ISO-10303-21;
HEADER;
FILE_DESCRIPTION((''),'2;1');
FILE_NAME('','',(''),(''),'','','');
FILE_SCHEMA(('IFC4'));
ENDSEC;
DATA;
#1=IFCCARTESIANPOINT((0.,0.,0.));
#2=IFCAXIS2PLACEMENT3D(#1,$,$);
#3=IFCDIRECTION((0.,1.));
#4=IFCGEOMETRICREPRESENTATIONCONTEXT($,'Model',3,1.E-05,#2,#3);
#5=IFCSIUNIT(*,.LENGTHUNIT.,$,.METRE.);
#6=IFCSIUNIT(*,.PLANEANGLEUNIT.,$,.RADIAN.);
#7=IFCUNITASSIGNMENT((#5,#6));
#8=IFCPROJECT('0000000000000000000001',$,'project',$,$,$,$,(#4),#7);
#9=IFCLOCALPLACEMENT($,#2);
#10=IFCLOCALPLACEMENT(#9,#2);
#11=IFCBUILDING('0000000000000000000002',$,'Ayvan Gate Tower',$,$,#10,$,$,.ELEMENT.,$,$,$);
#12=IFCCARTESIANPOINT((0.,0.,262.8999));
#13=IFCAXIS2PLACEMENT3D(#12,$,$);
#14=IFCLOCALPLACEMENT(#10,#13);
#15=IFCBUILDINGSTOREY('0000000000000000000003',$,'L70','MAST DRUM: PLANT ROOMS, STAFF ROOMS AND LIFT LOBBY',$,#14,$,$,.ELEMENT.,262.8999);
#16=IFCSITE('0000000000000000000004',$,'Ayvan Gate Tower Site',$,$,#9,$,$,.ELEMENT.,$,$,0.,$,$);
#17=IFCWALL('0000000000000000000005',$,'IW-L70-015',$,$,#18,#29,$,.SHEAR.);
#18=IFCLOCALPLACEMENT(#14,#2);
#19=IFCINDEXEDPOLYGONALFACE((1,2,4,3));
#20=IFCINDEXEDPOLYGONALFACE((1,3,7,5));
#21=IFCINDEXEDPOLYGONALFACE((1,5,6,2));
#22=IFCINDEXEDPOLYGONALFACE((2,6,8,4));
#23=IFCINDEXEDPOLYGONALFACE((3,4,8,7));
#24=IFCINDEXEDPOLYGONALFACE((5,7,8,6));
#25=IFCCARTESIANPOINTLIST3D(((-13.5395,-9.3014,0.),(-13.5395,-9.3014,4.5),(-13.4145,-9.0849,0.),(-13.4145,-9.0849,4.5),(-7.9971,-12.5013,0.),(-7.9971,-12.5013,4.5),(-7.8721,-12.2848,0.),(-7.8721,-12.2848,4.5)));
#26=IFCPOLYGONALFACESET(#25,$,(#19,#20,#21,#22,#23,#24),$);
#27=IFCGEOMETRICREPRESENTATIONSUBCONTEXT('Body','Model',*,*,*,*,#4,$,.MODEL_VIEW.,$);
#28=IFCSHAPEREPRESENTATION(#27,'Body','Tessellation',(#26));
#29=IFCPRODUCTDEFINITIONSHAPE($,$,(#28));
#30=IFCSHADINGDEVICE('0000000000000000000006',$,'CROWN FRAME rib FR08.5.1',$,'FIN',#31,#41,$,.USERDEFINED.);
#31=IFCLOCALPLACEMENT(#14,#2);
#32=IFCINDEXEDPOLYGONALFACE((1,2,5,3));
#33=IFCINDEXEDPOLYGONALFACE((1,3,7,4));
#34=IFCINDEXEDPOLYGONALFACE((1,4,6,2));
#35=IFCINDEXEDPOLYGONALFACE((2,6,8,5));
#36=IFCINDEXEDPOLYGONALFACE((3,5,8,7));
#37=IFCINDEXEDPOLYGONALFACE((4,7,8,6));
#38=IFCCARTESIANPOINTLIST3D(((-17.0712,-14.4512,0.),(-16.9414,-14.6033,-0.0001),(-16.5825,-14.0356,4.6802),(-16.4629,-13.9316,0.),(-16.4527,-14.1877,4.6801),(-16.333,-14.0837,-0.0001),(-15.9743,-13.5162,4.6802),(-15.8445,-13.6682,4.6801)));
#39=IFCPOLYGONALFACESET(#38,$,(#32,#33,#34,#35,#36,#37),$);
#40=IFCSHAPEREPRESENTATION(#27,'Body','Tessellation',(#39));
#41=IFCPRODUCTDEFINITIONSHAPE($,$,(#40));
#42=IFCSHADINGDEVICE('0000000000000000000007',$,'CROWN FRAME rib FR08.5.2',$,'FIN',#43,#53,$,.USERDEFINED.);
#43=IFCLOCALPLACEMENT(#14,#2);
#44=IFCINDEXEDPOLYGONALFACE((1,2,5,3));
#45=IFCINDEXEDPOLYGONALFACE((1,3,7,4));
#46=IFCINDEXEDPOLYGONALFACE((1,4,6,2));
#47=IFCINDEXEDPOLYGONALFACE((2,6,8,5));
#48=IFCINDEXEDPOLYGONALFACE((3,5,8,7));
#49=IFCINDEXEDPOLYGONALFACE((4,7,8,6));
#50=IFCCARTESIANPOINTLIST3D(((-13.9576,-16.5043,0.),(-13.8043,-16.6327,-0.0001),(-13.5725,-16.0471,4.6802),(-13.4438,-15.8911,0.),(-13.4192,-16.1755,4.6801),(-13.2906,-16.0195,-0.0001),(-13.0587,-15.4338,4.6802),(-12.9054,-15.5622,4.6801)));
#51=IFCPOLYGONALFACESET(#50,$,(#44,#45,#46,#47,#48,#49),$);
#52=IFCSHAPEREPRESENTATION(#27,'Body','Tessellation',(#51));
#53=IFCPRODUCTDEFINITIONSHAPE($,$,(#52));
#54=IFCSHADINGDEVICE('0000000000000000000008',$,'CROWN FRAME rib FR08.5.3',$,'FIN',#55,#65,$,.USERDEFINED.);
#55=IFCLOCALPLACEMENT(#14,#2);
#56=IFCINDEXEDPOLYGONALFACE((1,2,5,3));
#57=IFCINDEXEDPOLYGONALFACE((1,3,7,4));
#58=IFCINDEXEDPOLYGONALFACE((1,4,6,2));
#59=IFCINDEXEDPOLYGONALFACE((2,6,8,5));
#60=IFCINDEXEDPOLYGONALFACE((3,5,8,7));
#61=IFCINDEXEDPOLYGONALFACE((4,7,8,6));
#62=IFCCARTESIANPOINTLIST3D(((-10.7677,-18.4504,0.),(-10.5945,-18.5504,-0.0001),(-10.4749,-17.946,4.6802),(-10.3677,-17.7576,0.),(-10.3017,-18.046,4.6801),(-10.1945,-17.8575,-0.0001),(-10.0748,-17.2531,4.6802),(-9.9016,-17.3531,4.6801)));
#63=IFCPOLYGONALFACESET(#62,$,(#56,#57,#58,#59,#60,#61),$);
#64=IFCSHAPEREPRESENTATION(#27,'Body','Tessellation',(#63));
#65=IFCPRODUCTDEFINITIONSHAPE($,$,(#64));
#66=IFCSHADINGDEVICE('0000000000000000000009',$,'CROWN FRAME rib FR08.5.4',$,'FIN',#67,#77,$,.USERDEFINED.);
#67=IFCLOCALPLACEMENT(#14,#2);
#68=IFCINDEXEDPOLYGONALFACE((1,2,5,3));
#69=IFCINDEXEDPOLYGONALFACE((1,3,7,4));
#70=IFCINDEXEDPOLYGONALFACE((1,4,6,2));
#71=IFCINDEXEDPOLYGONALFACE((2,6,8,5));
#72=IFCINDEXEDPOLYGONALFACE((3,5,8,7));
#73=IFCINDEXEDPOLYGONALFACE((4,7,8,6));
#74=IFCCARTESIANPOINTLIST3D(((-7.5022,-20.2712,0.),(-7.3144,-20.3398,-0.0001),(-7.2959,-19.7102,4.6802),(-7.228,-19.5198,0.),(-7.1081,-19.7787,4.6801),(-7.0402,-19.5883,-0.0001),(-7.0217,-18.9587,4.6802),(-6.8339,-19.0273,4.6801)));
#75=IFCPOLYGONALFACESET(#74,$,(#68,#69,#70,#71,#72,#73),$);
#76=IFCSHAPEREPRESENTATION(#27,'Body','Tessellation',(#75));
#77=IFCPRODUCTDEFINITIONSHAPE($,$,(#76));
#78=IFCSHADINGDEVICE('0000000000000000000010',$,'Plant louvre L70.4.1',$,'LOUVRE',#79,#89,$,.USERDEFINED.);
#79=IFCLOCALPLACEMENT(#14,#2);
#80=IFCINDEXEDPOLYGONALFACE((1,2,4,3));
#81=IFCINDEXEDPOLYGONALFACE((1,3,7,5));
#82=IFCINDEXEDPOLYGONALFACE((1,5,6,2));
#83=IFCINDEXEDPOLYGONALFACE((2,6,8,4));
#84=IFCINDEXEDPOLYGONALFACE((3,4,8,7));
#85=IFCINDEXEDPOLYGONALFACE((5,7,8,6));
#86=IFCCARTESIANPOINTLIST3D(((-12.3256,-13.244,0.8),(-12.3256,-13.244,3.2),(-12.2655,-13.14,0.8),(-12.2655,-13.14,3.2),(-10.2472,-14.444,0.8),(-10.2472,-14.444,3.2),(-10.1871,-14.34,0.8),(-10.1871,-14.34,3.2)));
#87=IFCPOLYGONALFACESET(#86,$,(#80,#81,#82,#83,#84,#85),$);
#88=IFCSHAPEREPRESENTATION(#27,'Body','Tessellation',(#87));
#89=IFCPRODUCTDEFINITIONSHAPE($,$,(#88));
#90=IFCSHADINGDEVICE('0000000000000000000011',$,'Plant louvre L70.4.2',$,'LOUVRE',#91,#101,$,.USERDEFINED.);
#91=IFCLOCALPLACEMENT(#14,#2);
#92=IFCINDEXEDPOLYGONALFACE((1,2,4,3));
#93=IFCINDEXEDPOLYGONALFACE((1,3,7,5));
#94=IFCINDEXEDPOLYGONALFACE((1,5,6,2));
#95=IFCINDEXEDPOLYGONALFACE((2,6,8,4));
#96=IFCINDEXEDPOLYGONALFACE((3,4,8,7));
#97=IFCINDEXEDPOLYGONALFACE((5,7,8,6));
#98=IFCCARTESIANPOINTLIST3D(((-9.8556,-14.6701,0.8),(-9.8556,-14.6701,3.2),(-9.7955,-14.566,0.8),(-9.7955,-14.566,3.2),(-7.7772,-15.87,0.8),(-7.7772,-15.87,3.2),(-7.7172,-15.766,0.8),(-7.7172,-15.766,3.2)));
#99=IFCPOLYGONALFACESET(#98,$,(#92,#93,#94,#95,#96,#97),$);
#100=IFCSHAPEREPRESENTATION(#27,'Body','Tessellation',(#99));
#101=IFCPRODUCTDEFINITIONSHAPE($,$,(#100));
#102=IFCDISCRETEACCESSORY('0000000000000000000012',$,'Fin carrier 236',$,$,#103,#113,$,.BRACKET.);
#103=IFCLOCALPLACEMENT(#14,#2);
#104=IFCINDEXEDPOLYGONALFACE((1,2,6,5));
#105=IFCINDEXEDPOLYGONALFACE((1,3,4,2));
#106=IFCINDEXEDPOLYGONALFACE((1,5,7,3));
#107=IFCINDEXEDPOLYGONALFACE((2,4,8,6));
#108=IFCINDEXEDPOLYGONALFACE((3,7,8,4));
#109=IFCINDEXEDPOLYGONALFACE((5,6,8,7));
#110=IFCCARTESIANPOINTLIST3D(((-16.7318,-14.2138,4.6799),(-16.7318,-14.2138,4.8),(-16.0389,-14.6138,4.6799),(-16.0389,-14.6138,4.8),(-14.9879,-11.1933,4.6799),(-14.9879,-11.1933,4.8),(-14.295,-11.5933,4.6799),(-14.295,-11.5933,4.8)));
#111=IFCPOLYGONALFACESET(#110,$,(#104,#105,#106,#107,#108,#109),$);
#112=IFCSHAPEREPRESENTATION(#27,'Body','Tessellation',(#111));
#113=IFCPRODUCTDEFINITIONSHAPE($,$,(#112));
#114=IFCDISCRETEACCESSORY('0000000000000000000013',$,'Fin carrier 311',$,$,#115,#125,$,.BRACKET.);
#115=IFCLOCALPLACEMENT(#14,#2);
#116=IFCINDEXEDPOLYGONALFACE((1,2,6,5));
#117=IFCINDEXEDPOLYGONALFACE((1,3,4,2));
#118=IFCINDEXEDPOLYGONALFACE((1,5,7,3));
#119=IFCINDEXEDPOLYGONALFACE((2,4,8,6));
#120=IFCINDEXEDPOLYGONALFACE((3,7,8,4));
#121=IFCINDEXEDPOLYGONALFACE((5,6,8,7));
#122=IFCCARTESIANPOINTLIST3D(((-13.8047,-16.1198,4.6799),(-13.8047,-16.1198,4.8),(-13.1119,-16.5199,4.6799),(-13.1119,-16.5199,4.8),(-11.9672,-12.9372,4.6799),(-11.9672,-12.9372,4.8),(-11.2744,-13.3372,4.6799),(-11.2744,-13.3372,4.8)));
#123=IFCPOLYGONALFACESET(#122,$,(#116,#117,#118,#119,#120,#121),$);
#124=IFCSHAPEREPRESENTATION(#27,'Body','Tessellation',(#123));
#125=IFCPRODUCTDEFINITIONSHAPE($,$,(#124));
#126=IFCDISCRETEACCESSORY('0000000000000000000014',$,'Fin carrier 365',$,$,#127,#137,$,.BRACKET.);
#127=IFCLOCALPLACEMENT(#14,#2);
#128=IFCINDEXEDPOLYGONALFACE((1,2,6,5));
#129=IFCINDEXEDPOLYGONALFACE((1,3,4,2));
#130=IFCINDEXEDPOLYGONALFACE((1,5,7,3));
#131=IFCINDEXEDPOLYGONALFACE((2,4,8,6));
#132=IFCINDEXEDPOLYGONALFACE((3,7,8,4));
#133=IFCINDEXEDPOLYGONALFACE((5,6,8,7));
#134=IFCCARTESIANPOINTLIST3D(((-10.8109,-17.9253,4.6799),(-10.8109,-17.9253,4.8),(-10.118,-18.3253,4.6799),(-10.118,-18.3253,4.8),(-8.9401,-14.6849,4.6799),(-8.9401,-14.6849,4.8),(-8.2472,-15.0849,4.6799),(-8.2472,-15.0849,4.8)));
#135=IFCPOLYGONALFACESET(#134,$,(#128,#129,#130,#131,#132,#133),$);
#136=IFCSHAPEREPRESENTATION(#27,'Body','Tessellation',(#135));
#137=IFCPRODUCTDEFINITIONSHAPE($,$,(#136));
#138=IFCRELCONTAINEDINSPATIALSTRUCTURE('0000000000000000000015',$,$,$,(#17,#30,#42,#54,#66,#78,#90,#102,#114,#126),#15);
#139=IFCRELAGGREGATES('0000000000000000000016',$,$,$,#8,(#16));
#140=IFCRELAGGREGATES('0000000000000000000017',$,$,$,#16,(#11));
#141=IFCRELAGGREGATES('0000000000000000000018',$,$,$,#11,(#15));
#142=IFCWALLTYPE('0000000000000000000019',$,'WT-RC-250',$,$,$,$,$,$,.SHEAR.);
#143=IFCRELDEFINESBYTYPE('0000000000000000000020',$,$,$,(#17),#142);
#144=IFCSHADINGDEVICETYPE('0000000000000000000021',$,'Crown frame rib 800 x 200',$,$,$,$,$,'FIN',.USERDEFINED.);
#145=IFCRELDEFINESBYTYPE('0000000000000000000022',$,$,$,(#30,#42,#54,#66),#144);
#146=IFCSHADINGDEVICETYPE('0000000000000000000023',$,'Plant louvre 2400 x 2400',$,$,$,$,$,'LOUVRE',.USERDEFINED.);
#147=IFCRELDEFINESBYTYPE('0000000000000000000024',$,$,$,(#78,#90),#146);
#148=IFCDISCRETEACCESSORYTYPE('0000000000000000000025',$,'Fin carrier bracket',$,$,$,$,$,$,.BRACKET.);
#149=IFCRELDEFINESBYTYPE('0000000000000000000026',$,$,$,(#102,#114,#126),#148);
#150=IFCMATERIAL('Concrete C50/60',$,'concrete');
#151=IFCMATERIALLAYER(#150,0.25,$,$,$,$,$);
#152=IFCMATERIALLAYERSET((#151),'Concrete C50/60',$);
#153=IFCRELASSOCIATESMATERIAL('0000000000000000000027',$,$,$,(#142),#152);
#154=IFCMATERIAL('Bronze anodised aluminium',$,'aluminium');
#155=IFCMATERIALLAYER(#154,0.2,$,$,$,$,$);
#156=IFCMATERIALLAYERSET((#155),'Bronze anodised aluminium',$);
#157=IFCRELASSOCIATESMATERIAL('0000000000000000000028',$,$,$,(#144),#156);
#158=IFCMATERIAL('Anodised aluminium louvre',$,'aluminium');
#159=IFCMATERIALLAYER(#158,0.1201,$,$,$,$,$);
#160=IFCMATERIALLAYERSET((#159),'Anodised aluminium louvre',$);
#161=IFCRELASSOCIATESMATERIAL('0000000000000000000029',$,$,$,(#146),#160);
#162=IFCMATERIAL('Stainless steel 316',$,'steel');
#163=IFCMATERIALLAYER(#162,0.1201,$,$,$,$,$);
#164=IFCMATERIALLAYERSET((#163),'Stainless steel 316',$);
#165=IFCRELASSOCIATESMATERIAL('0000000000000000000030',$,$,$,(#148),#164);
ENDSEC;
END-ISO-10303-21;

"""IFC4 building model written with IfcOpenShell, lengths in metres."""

from ifc_helpers import new_model, si_unit, direction, frame, frame_2d, origin, origin_2d, place, context, subcontext, project, spatial, polyline, rectangle, outline, extrude, material, layer, layer_set, type_object, element, save


model = new_model("IFC4")

# Units and contexts
model_context = context("Model", 3, precision=1e-05, world=origin(), true_north=direction((0.0, 1.0)))
body_context = subcontext(model_context, "Body", "Model", "MODEL_VIEW")
ifc_project = project(units=[si_unit("LENGTHUNIT", "METRE"), si_unit("PLANEANGLEUNIT", "RADIAN")], contexts=[model_context])

# Site, building, storey
site_placement = place(None, origin())
site = spatial("IfcSite", under=ifc_project, at=site_placement, Name="Ayvan Gate Tower Site", CompositionType="ELEMENT", RefElevation=0.0)
building_placement = place(site_placement, origin())
building = spatial("IfcBuilding", under=site, at=building_placement, Name="Ayvan Gate Tower", CompositionType="ELEMENT")
storey_placement = place(building_placement, frame((0.0, 0.0, 262.8999)))
storey = spatial("IfcBuildingStorey", under=building, at=storey_placement, Name="L70", Description="MAST DRUM: PLANT ROOMS, STAFF ROOMS AND LIFT LOBBY", CompositionType="ELEMENT", Elevation=262.8999)

# Shared definitions
ifc_material_1 = material(Name="Anodised aluminium louvre", Category="aluminium")

# Wall
ifc_material_2 = material(Name="Concrete C50/60", Category="concrete")
ifc_layer_1 = layer(ifc_material_2, 0.25)
ifc_layer_set_1 = layer_set([ifc_layer_1], Name="Concrete C50/60")
wall_type_1 = type_object("IfcWallType", Name="WT-RC-250", PredefinedType="SHEAR", material=ifc_layer_set_1)
wall_1_placement = place(storey_placement, frame((-7.9346, -12.3931, 0.0), z_axis=(0.0, 0.0, 1.0), x_axis=(-0.866025, 0.5, 0.0)))
element("IfcWall", 1, at=wall_1_placement, inside=storey, type_object=wall_type_1, Name="IW-L70-015", PredefinedType="SHEAR", context=body_context, shape_type="SweptSolid", body=[
    extrude(rectangle(XDim=6.3999, YDim=0.25, at=frame_2d((3.2, 0.0))), origin(), (0.0, 0.0, 1.0), 4.5),
])

# Shading devices
ifc_material_3 = material(Name="Bronze anodised aluminium", Category="aluminium")
ifc_layer_2 = layer(ifc_material_3, 0.2)
ifc_layer_set_2 = layer_set([ifc_layer_2], Name="Bronze anodised aluminium")
shading_device_type_1 = type_object("IfcShadingDeviceType", Name="Crown frame rib 800 x 200", ElementType="FIN", PredefinedType="USERDEFINED", material=ifc_layer_set_2)
shading_device_1_placement = place(storey_placement, frame((-16.4629, -13.9316, 0.0), z_axis=(-0.649458, 0.760397, 0.000297), x_axis=(-0.760397, -0.649458, 0.0)))
element("IfcShadingDevice", 2, at=shading_device_1_placement, inside=storey, type_object=shading_device_type_1, Name="CROWN FRAME rib FR08.5.1", ObjectType="FIN", PredefinedType="USERDEFINED", context=body_context, shape_type="SweptSolid", body=[
    extrude(outline(polyline([(0.0, 0.0), (0.8, 0.0), (0.1585, 4.6802), (-0.6413, 4.6802), (0.0, 0.0)])), origin(), (0.0, 0.0, -1.0), 0.2),
])
shading_device_2_placement = place(storey_placement, frame((-13.4438, -15.8911, 0.0), z_axis=(-0.766543, 0.642193, 0.000334), x_axis=(-0.642193, -0.766543, 0.0)))
element("IfcShadingDevice", 3, at=shading_device_2_placement, inside=storey, type_object=shading_device_type_1, Name="CROWN FRAME rib FR08.5.2", ObjectType="FIN", PredefinedType="USERDEFINED", context=body_context, shape_type="SweptSolid", body=[
    extrude(outline(polyline([(0.0, 0.0), (0.8, 0.0), (0.2022, 4.6802), (-0.5979, 4.6802), (0.0, 0.0)])), origin(), (0.0, 0.0, -1.0), 0.2),
])
shading_device_3_placement = place(storey_placement, frame((-10.3677, -17.7576, 0.0), z_axis=(-0.866028, 0.499995, 0.000303), x_axis=(-0.499995, -0.866028, 0.0)))
element("IfcShadingDevice", 4, at=shading_device_3_placement, inside=storey, type_object=shading_device_type_1, Name="CROWN FRAME rib FR08.5.3", ObjectType="FIN", PredefinedType="USERDEFINED", context=body_context, shape_type="SweptSolid", body=[
    extrude(outline(polyline([(0.0, 0.0), (0.8, 0.0), (0.2168, 4.6802), (-0.5833, 4.6802), (0.0, 0.0)])), origin(), (0.0, 0.0, -1.0), 0.2),
])
shading_device_4_placement = place(storey_placement, frame((-7.228, -19.5198, 0.0), z_axis=(-0.939427, 0.342748, 0.000322), x_axis=(-0.342748, -0.939428, 0.0)))
element("IfcShadingDevice", 5, at=shading_device_4_placement, inside=storey, type_object=shading_device_type_1, Name="CROWN FRAME rib FR08.5.4", ObjectType="FIN", PredefinedType="USERDEFINED", context=body_context, shape_type="SweptSolid", body=[
    extrude(outline(polyline([(0.0, 0.0), (0.7999, 0.0), (0.2022, 4.6802), (-0.5978, 4.6802), (0.0, 0.0)])), origin(), (0.0, 0.0, -1.0), 0.2),
])
ifc_layer_3 = layer(ifc_material_1, 0.1201)
ifc_layer_set_3 = layer_set([ifc_layer_3], Name="Anodised aluminium louvre")
shading_device_type_2 = type_object("IfcShadingDeviceType", Name="Plant louvre 2400 x 2400", ElementType="LOUVRE", PredefinedType="USERDEFINED", material=ifc_layer_set_3)
for number, where, z_axis, x_axis, name in (
    (6, (-11.2563, -13.792, 0.8), (0.0, 0.0, 1.0), (0.866025, -0.5, 0.0), "Plant louvre L70.4.1"),
    (7, (-8.7864, -15.218, 0.8), (0.0, 0.0, 1.0), (0.866025, -0.5, 0.0), "Plant louvre L70.4.2"),
):
    element("IfcShadingDevice", number, at=place(storey_placement, frame(where, z_axis=z_axis, x_axis=x_axis)), inside=storey, type_object=shading_device_type_2, Name=name, ObjectType="LOUVRE", PredefinedType="USERDEFINED", context=body_context, shape_type="SweptSolid", body=[
        extrude(rectangle(XDim=2.3999, YDim=0.1201, at=origin_2d()), origin(), (0.0, 0.0, 1.0), 2.3999),
    ])

# Discrete accessories
ifc_material_4 = material(Name="Stainless steel 316", Category="steel")
ifc_layer_4 = layer(ifc_material_4, 0.1201)
ifc_layer_set_4 = layer_set([ifc_layer_4], Name="Stainless steel 316")
discrete_accessory_type = type_object("IfcDiscreteAccessoryType", Name="Fin carrier bracket", PredefinedType="BRACKET", material=ifc_layer_set_4)
discrete_accessory_1_placement = place(storey_placement, frame((-15.5134, -12.9036, 4.6799), z_axis=(0.0, 0.0, 1.0), x_axis=(0.866025, -0.5, 0.0)))
element("IfcDiscreteAccessory", 8, at=discrete_accessory_1_placement, inside=storey, type_object=discrete_accessory_type, Name="Fin carrier 236", PredefinedType="BRACKET", context=body_context, shape_type="SweptSolid", body=[
    extrude(rectangle(XDim=0.8, YDim=3.4878, at=origin_2d()), origin(), (0.0, 0.0, 1.0), 0.1201),
])
discrete_accessory_2_placement = place(storey_placement, frame((-12.5396, -14.7285, 4.6799), z_axis=(0.0, 0.0, 1.0), x_axis=(0.866025, -0.5, 0.0)))
element("IfcDiscreteAccessory", 9, at=discrete_accessory_2_placement, inside=storey, type_object=discrete_accessory_type, Name="Fin carrier 311", PredefinedType="BRACKET", context=body_context, shape_type="SweptSolid", body=[
    extrude(rectangle(XDim=0.8, YDim=3.675, at=origin_2d()), origin(), (0.0, 0.0, 1.0), 0.1201),
])
discrete_accessory_3_placement = place(storey_placement, frame((-9.5291, -16.5051, 4.6799), z_axis=(0.0, 0.0, 1.0), x_axis=(0.866025, -0.5, 0.0)))
element("IfcDiscreteAccessory", 10, at=discrete_accessory_3_placement, inside=storey, type_object=discrete_accessory_type, Name="Fin carrier 365", PredefinedType="BRACKET", context=body_context, shape_type="SweptSolid", body=[
    extrude(rectangle(XDim=0.8, YDim=3.7417, at=origin_2d()), origin(), (0.0, 0.0, 1.0), 0.1201),
])

save(model, "model.ifc")
